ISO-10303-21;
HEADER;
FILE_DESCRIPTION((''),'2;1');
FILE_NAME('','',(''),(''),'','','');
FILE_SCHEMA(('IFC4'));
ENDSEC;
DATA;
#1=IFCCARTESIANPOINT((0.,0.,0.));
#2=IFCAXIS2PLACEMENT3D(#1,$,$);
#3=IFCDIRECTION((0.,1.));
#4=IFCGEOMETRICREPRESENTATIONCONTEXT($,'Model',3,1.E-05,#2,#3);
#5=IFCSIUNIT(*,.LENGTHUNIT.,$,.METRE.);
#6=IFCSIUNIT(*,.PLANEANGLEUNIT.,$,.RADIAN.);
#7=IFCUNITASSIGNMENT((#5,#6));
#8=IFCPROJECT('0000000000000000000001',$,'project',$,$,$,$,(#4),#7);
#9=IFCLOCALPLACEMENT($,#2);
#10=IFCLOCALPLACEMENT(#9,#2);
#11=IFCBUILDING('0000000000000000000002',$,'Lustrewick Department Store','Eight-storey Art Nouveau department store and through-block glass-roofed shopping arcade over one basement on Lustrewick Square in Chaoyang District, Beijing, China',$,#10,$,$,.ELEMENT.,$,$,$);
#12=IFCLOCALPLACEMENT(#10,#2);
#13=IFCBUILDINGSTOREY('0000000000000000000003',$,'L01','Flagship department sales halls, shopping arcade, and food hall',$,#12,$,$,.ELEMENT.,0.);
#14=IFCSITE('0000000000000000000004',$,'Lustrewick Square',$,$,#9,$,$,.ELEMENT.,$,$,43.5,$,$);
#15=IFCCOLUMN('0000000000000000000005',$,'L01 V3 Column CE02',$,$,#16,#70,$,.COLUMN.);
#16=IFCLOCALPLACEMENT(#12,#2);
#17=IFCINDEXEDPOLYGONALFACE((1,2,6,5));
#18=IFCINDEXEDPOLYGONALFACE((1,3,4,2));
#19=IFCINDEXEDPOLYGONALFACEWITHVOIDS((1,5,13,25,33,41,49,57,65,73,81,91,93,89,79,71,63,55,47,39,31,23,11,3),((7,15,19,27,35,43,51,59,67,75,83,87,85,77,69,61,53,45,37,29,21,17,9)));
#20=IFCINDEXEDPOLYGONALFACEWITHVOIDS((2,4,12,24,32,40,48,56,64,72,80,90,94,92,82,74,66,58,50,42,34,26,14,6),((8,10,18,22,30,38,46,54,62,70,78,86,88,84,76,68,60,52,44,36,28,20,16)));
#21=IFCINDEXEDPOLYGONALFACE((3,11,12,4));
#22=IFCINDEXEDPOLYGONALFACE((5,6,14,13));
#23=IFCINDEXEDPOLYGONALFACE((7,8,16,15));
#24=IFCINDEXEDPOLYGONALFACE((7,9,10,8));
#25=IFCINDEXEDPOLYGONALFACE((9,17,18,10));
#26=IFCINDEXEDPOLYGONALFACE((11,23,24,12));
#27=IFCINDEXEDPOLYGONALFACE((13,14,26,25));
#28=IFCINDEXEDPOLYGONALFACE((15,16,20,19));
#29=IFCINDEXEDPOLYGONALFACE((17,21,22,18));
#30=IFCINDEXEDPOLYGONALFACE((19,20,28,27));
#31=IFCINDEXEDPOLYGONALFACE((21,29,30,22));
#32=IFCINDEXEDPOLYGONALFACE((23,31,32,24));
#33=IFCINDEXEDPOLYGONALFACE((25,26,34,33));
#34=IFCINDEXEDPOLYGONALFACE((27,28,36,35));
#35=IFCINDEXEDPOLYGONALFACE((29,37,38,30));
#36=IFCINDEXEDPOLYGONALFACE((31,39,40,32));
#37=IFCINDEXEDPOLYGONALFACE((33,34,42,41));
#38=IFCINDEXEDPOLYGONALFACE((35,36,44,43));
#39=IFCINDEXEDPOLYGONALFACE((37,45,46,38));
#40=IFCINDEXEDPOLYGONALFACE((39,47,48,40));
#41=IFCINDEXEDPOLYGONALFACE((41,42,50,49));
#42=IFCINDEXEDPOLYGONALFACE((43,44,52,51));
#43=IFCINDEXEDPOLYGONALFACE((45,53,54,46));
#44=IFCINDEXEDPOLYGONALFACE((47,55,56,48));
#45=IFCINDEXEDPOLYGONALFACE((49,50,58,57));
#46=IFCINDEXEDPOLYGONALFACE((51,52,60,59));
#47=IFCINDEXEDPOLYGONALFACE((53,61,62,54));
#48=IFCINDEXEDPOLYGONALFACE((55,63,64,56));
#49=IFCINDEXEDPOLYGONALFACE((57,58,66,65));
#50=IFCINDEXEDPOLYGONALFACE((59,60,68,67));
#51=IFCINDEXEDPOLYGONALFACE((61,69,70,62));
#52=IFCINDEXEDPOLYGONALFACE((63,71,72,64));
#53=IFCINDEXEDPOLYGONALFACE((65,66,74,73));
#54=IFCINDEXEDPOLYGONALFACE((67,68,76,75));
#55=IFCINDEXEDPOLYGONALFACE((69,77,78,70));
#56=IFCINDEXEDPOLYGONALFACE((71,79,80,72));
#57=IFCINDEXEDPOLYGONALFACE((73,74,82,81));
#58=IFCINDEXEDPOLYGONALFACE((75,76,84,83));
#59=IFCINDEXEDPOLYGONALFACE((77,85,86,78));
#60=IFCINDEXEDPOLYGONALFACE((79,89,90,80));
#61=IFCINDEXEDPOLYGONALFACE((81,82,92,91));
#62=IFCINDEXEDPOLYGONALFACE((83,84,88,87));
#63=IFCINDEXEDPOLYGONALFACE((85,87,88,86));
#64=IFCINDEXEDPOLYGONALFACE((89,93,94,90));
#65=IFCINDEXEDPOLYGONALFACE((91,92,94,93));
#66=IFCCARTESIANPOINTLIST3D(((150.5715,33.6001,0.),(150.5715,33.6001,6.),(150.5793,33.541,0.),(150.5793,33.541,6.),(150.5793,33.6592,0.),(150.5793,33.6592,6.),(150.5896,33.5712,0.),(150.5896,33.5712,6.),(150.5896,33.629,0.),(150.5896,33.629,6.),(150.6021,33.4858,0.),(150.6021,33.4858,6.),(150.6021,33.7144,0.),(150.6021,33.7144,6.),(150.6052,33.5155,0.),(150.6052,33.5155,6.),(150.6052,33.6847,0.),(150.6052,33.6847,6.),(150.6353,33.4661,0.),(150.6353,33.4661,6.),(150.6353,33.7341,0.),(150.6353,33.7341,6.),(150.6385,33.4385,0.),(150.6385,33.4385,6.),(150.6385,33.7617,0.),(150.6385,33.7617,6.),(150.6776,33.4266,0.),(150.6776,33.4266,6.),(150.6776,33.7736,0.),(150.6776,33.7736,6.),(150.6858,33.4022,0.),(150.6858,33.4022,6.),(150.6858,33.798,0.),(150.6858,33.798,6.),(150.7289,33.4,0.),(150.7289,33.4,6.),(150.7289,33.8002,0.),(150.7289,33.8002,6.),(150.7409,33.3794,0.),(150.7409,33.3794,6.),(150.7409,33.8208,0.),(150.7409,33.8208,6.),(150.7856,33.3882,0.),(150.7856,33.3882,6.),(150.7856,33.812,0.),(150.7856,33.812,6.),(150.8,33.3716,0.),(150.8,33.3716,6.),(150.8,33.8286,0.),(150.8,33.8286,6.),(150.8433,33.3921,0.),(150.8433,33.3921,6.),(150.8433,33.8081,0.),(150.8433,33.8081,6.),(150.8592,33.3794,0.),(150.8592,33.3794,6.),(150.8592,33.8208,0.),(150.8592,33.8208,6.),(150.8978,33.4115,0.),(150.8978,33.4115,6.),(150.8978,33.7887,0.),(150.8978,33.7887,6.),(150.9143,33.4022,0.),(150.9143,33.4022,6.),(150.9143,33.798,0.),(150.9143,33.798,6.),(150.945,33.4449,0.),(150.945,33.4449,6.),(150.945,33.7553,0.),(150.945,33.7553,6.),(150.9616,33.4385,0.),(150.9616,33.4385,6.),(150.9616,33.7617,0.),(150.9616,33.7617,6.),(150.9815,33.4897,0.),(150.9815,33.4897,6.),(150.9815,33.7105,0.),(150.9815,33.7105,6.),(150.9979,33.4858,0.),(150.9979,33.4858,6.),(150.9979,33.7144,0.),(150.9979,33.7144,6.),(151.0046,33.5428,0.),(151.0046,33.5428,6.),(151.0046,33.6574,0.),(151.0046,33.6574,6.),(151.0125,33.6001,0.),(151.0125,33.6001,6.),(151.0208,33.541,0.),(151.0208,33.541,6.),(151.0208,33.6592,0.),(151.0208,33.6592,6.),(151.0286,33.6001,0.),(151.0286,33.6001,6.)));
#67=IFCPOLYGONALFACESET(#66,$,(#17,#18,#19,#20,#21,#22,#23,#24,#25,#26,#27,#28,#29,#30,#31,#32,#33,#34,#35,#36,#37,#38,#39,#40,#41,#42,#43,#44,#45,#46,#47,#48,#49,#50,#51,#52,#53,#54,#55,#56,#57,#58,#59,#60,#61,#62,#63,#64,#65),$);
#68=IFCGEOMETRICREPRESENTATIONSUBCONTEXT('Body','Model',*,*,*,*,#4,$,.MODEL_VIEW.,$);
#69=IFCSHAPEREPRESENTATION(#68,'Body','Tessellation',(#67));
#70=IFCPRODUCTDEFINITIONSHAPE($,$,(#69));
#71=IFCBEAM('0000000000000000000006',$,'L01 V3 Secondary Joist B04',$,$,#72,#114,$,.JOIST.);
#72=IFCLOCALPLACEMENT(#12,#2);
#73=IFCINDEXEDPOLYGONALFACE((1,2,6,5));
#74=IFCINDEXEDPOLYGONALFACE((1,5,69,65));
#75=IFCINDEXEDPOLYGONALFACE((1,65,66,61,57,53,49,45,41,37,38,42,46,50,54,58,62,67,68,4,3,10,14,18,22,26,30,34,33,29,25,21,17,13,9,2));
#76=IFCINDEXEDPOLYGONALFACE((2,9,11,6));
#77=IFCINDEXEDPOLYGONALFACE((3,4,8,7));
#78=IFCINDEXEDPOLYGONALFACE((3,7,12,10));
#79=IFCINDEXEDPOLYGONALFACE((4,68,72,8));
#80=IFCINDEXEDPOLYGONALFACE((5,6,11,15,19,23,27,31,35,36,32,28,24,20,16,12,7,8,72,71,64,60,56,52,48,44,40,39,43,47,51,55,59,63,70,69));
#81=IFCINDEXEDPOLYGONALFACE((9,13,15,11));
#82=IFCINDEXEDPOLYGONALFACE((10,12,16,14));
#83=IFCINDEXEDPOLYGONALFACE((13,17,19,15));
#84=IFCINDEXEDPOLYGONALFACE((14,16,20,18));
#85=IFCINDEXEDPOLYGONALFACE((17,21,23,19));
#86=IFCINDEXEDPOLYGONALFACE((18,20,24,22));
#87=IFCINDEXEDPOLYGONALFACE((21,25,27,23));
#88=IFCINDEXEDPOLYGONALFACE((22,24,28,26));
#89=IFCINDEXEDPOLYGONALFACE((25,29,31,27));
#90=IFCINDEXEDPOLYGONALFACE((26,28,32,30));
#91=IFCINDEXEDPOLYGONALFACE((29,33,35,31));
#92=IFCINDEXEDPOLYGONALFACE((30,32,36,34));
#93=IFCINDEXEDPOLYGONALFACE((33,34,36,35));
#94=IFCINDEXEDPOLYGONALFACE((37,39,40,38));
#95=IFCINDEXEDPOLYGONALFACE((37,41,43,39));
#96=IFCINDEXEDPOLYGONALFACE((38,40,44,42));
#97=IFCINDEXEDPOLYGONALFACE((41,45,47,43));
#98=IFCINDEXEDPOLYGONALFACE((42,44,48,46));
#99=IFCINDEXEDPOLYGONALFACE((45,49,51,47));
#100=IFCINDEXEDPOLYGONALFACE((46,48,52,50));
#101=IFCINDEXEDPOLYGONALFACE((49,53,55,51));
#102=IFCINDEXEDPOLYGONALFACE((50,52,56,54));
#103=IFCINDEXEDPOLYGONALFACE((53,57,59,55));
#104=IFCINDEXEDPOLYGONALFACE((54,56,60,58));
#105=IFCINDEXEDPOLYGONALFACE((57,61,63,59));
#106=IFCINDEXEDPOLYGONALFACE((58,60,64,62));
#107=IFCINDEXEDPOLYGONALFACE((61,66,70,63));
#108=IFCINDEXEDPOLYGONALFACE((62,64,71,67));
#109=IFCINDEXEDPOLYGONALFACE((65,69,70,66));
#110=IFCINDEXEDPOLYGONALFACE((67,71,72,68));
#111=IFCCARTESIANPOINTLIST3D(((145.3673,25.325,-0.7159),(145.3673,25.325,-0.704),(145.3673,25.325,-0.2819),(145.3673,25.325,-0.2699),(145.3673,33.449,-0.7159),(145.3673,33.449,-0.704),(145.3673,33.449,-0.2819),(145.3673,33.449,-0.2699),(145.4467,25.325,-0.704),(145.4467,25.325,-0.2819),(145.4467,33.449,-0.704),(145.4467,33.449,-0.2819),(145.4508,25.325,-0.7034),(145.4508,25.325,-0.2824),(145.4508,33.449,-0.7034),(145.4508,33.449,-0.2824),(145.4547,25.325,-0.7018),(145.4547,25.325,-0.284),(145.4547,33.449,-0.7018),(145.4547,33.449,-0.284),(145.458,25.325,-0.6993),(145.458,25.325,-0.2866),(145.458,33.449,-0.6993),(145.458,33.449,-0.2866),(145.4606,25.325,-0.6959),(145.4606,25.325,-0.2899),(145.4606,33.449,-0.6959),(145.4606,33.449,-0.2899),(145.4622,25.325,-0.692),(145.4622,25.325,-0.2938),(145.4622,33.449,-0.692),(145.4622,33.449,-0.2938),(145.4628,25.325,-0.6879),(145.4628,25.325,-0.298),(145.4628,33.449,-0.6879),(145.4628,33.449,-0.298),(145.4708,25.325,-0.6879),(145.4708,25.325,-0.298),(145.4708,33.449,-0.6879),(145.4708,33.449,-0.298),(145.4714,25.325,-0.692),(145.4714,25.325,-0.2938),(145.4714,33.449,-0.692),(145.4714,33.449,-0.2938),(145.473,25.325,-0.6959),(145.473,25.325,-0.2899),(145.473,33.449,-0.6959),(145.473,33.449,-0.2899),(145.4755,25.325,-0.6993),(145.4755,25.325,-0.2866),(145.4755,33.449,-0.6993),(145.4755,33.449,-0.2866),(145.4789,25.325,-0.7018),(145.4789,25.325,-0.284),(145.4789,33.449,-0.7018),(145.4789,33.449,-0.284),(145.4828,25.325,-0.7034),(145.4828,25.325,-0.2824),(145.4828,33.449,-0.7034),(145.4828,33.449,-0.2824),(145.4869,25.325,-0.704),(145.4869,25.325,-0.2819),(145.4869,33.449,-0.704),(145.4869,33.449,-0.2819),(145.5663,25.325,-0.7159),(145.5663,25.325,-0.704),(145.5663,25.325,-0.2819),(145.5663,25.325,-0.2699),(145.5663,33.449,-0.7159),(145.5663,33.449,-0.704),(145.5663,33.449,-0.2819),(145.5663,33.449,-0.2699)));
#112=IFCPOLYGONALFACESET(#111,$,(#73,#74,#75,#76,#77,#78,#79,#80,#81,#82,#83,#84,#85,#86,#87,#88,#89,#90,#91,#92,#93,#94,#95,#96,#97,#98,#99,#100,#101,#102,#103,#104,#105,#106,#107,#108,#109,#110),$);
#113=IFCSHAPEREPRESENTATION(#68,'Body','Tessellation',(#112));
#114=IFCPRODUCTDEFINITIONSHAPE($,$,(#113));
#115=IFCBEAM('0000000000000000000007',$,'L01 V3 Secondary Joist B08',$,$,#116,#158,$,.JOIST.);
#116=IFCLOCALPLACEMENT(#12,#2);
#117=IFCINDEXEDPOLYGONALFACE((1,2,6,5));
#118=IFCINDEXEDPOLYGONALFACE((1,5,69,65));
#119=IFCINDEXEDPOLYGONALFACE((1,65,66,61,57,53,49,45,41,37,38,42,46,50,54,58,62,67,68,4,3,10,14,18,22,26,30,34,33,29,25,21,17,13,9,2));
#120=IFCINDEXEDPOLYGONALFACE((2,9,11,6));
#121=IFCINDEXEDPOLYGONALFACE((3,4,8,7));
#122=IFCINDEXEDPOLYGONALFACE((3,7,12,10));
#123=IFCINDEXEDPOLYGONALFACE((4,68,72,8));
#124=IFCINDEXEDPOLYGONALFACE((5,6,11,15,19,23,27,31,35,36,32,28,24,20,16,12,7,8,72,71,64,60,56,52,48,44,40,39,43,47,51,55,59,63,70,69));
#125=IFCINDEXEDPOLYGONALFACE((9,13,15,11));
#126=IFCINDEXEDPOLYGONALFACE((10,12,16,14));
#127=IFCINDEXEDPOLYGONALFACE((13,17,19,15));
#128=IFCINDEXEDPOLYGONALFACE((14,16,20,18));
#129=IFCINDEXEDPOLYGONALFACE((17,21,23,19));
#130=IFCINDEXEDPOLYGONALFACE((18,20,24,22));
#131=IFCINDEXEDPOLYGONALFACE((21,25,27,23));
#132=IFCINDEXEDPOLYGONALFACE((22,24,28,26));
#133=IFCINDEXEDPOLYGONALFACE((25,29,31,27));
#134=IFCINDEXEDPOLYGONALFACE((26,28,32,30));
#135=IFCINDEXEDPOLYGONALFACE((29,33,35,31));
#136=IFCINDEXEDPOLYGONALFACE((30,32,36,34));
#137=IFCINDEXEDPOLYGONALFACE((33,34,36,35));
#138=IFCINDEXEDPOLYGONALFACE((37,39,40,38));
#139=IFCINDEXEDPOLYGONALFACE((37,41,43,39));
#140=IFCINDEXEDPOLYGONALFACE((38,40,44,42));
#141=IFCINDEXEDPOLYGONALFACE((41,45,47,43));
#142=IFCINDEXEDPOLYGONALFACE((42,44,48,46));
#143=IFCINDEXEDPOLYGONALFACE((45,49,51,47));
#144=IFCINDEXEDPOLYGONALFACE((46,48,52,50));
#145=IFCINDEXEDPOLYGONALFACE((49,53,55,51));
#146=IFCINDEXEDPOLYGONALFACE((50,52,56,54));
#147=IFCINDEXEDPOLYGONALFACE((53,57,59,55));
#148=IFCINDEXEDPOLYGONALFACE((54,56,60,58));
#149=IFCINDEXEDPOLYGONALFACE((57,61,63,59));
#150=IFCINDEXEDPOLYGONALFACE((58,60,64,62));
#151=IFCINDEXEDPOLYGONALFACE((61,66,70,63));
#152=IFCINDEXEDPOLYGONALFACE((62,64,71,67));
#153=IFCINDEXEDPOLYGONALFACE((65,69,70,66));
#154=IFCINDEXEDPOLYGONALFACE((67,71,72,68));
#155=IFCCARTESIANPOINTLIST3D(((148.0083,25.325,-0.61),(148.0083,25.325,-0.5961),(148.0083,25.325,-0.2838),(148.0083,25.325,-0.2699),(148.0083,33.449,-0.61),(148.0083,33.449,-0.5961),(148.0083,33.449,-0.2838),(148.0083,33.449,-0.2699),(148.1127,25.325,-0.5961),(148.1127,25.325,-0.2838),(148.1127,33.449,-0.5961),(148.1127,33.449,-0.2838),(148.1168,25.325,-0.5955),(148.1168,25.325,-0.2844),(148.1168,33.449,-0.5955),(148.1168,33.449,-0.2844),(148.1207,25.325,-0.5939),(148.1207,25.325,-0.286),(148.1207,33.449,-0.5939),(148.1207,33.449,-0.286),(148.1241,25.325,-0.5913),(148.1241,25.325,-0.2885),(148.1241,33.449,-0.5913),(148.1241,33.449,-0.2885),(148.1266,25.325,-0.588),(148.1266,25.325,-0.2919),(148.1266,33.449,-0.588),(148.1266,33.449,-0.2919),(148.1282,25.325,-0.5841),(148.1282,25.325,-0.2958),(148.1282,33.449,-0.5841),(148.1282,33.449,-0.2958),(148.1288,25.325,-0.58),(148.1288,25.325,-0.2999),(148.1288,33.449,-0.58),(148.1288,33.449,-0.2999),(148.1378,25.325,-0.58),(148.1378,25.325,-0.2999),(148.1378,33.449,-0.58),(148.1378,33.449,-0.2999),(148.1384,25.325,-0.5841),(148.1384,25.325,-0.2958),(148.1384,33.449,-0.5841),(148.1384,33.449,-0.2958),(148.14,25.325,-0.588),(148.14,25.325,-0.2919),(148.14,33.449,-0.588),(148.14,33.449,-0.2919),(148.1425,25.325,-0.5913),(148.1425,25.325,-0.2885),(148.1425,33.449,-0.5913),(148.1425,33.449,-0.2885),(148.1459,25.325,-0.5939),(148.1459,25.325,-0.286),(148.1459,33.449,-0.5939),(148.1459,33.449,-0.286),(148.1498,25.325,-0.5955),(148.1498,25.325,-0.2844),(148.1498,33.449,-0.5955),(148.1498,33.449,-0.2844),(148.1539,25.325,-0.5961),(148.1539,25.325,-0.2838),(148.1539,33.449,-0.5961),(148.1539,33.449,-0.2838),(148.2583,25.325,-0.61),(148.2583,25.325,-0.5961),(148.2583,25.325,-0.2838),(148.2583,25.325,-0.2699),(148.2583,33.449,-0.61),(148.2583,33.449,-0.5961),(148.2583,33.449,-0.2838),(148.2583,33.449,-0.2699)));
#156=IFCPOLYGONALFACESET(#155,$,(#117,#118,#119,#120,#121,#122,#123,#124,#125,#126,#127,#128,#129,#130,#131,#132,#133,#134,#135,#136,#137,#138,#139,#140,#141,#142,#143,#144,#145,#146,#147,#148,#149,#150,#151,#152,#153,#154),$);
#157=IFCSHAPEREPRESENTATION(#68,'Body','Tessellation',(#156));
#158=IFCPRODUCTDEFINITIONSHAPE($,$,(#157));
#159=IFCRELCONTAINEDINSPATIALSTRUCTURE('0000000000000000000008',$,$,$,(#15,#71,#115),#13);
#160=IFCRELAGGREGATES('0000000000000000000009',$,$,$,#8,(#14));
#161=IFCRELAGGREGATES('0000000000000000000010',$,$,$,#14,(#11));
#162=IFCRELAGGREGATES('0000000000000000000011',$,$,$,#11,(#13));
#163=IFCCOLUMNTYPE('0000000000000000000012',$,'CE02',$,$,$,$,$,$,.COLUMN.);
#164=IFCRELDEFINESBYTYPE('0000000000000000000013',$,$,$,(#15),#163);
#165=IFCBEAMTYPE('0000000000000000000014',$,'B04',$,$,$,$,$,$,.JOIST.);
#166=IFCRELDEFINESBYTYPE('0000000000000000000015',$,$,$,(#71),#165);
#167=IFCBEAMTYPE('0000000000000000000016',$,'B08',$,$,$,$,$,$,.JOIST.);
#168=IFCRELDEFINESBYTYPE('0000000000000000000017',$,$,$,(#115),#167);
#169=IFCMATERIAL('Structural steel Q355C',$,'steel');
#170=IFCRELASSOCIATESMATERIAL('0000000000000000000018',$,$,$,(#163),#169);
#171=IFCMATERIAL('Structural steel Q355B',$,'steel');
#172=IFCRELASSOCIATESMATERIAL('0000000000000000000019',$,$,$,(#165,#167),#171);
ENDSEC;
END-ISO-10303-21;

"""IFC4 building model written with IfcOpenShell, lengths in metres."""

from ifc_helpers import new_model, si_unit, direction, frame, origin, origin_2d, place, context, subcontext, project, spatial, hollow_circle, i_section, extrude, material, material_profile, profile_set, type_object, element, save


model = new_model("IFC4")

# Units and contexts
model_context = context("Model", 3, precision=1e-05, world=origin(), true_north=direction((0.0, 1.0)))
body_context = subcontext(model_context, "Body", "Model", "MODEL_VIEW")
ifc_project = project(units=[si_unit("LENGTHUNIT", "METRE"), si_unit("PLANEANGLEUNIT", "RADIAN")], contexts=[model_context])

# Site, building, storey
site_placement = place(None, origin())
site = spatial("IfcSite", under=ifc_project, at=site_placement, Name="Lustrewick Square", CompositionType="ELEMENT", RefElevation=43.5)
building_placement = place(site_placement, origin())
building = spatial("IfcBuilding", under=site, at=building_placement, Name="Lustrewick Department Store", Description="Eight-storey Art Nouveau department store and through-block glass-roofed shopping arcade over one basement on Lustrewick Square in Chaoyang District, Beijing, China", CompositionType="ELEMENT")
storey_placement = place(building_placement, origin())
storey = spatial("IfcBuildingStorey", under=building, at=storey_placement, Name="L01", Description="Flagship department sales halls, shopping arcade, and food hall", CompositionType="ELEMENT", Elevation=0.0)

# Column
ifc_material_1 = material(Name="Structural steel Q355C", Category="steel")
ifc_material_profile_1 = material_profile(ifc_material_1, hollow_circle(Radius=0.2285, WallThickness=0.0161, at=origin_2d()), Name="CHS 457x16")
ifc_profile_set_1 = profile_set([ifc_material_profile_1], Name="Structural steel Q355C")
column_type_1 = type_object("IfcColumnType", Name="CE02", PredefinedType="COLUMN", material=ifc_profile_set_1)
column_1_placement = place(storey_placement, frame((150.8, 33.6001, 0.0), z_axis=(0.0, 0.0, 1.0), x_axis=(1.0, 0.0, 0.0)))
element("IfcColumn", 1, at=column_1_placement, inside=storey, type_object=column_type_1, Name="L01 V3 Column CE02", PredefinedType="COLUMN", context=body_context, shape_type="SweptSolid", body=[
    extrude(hollow_circle(Radius=0.2285, WallThickness=0.0161, at=origin_2d()), origin(), (0.0, 0.0, 1.0), 6.0),
])

# Beams
ifc_material_2 = material(Name="Structural steel Q355B", Category="steel")
ifc_material_profile_2 = material_profile(ifc_material_2, i_section(OverallWidth=0.199, OverallDepth=0.446, WebThickness=0.0081, FlangeThickness=0.012, FilletRadius=0.0161, at=origin_2d()), Name="HN 446x199x8x12")
ifc_profile_set_2 = profile_set([ifc_material_profile_2], Name="Structural steel Q355B")
beam_type_1 = type_object("IfcBeamType", Name="B04", PredefinedType="JOIST", material=ifc_profile_set_2)
beam_1_placement = place(storey_placement, frame((145.4668, 25.325, -0.4929), z_axis=(0.0, 1.0, 0.0), x_axis=(-1.0, 0.0, 0.0)))
element("IfcBeam", 2, at=beam_1_placement, inside=storey, type_object=beam_type_1, Name="L01 V3 Secondary Joist B04", PredefinedType="JOIST", context=body_context, shape_type="SweptSolid", body=[
    extrude(i_section(OverallWidth=0.199, OverallDepth=0.446, WebThickness=0.0081, FlangeThickness=0.012, FilletRadius=0.0161, at=origin_2d()), origin(), (0.0, 0.0, 1.0), 8.124),
])
ifc_material_profile_3 = material_profile(ifc_material_2, i_section(OverallWidth=0.25, OverallDepth=0.3401, WebThickness=0.009, FlangeThickness=0.0139, FilletRadius=0.0161, at=origin_2d()), Name="HM 340x250x9x14")
ifc_profile_set_3 = profile_set([ifc_material_profile_3], Name="Structural steel Q355B")
beam_type_2 = type_object("IfcBeamType", Name="B08", PredefinedType="JOIST", material=ifc_profile_set_3)
beam_2_placement = place(storey_placement, frame((148.1333, 25.325, -0.4399), z_axis=(0.0, 1.0, 0.0), x_axis=(-1.0, 0.0, 0.0)))
element("IfcBeam", 3, at=beam_2_placement, inside=storey, type_object=beam_type_2, Name="L01 V3 Secondary Joist B08", PredefinedType="JOIST", context=body_context, shape_type="SweptSolid", body=[
    extrude(i_section(OverallWidth=0.25, OverallDepth=0.3401, WebThickness=0.009, FlangeThickness=0.0139, FilletRadius=0.0161, at=origin_2d()), origin(), (0.0, 0.0, 1.0), 8.124),
])

save(model, "model.ifc")
